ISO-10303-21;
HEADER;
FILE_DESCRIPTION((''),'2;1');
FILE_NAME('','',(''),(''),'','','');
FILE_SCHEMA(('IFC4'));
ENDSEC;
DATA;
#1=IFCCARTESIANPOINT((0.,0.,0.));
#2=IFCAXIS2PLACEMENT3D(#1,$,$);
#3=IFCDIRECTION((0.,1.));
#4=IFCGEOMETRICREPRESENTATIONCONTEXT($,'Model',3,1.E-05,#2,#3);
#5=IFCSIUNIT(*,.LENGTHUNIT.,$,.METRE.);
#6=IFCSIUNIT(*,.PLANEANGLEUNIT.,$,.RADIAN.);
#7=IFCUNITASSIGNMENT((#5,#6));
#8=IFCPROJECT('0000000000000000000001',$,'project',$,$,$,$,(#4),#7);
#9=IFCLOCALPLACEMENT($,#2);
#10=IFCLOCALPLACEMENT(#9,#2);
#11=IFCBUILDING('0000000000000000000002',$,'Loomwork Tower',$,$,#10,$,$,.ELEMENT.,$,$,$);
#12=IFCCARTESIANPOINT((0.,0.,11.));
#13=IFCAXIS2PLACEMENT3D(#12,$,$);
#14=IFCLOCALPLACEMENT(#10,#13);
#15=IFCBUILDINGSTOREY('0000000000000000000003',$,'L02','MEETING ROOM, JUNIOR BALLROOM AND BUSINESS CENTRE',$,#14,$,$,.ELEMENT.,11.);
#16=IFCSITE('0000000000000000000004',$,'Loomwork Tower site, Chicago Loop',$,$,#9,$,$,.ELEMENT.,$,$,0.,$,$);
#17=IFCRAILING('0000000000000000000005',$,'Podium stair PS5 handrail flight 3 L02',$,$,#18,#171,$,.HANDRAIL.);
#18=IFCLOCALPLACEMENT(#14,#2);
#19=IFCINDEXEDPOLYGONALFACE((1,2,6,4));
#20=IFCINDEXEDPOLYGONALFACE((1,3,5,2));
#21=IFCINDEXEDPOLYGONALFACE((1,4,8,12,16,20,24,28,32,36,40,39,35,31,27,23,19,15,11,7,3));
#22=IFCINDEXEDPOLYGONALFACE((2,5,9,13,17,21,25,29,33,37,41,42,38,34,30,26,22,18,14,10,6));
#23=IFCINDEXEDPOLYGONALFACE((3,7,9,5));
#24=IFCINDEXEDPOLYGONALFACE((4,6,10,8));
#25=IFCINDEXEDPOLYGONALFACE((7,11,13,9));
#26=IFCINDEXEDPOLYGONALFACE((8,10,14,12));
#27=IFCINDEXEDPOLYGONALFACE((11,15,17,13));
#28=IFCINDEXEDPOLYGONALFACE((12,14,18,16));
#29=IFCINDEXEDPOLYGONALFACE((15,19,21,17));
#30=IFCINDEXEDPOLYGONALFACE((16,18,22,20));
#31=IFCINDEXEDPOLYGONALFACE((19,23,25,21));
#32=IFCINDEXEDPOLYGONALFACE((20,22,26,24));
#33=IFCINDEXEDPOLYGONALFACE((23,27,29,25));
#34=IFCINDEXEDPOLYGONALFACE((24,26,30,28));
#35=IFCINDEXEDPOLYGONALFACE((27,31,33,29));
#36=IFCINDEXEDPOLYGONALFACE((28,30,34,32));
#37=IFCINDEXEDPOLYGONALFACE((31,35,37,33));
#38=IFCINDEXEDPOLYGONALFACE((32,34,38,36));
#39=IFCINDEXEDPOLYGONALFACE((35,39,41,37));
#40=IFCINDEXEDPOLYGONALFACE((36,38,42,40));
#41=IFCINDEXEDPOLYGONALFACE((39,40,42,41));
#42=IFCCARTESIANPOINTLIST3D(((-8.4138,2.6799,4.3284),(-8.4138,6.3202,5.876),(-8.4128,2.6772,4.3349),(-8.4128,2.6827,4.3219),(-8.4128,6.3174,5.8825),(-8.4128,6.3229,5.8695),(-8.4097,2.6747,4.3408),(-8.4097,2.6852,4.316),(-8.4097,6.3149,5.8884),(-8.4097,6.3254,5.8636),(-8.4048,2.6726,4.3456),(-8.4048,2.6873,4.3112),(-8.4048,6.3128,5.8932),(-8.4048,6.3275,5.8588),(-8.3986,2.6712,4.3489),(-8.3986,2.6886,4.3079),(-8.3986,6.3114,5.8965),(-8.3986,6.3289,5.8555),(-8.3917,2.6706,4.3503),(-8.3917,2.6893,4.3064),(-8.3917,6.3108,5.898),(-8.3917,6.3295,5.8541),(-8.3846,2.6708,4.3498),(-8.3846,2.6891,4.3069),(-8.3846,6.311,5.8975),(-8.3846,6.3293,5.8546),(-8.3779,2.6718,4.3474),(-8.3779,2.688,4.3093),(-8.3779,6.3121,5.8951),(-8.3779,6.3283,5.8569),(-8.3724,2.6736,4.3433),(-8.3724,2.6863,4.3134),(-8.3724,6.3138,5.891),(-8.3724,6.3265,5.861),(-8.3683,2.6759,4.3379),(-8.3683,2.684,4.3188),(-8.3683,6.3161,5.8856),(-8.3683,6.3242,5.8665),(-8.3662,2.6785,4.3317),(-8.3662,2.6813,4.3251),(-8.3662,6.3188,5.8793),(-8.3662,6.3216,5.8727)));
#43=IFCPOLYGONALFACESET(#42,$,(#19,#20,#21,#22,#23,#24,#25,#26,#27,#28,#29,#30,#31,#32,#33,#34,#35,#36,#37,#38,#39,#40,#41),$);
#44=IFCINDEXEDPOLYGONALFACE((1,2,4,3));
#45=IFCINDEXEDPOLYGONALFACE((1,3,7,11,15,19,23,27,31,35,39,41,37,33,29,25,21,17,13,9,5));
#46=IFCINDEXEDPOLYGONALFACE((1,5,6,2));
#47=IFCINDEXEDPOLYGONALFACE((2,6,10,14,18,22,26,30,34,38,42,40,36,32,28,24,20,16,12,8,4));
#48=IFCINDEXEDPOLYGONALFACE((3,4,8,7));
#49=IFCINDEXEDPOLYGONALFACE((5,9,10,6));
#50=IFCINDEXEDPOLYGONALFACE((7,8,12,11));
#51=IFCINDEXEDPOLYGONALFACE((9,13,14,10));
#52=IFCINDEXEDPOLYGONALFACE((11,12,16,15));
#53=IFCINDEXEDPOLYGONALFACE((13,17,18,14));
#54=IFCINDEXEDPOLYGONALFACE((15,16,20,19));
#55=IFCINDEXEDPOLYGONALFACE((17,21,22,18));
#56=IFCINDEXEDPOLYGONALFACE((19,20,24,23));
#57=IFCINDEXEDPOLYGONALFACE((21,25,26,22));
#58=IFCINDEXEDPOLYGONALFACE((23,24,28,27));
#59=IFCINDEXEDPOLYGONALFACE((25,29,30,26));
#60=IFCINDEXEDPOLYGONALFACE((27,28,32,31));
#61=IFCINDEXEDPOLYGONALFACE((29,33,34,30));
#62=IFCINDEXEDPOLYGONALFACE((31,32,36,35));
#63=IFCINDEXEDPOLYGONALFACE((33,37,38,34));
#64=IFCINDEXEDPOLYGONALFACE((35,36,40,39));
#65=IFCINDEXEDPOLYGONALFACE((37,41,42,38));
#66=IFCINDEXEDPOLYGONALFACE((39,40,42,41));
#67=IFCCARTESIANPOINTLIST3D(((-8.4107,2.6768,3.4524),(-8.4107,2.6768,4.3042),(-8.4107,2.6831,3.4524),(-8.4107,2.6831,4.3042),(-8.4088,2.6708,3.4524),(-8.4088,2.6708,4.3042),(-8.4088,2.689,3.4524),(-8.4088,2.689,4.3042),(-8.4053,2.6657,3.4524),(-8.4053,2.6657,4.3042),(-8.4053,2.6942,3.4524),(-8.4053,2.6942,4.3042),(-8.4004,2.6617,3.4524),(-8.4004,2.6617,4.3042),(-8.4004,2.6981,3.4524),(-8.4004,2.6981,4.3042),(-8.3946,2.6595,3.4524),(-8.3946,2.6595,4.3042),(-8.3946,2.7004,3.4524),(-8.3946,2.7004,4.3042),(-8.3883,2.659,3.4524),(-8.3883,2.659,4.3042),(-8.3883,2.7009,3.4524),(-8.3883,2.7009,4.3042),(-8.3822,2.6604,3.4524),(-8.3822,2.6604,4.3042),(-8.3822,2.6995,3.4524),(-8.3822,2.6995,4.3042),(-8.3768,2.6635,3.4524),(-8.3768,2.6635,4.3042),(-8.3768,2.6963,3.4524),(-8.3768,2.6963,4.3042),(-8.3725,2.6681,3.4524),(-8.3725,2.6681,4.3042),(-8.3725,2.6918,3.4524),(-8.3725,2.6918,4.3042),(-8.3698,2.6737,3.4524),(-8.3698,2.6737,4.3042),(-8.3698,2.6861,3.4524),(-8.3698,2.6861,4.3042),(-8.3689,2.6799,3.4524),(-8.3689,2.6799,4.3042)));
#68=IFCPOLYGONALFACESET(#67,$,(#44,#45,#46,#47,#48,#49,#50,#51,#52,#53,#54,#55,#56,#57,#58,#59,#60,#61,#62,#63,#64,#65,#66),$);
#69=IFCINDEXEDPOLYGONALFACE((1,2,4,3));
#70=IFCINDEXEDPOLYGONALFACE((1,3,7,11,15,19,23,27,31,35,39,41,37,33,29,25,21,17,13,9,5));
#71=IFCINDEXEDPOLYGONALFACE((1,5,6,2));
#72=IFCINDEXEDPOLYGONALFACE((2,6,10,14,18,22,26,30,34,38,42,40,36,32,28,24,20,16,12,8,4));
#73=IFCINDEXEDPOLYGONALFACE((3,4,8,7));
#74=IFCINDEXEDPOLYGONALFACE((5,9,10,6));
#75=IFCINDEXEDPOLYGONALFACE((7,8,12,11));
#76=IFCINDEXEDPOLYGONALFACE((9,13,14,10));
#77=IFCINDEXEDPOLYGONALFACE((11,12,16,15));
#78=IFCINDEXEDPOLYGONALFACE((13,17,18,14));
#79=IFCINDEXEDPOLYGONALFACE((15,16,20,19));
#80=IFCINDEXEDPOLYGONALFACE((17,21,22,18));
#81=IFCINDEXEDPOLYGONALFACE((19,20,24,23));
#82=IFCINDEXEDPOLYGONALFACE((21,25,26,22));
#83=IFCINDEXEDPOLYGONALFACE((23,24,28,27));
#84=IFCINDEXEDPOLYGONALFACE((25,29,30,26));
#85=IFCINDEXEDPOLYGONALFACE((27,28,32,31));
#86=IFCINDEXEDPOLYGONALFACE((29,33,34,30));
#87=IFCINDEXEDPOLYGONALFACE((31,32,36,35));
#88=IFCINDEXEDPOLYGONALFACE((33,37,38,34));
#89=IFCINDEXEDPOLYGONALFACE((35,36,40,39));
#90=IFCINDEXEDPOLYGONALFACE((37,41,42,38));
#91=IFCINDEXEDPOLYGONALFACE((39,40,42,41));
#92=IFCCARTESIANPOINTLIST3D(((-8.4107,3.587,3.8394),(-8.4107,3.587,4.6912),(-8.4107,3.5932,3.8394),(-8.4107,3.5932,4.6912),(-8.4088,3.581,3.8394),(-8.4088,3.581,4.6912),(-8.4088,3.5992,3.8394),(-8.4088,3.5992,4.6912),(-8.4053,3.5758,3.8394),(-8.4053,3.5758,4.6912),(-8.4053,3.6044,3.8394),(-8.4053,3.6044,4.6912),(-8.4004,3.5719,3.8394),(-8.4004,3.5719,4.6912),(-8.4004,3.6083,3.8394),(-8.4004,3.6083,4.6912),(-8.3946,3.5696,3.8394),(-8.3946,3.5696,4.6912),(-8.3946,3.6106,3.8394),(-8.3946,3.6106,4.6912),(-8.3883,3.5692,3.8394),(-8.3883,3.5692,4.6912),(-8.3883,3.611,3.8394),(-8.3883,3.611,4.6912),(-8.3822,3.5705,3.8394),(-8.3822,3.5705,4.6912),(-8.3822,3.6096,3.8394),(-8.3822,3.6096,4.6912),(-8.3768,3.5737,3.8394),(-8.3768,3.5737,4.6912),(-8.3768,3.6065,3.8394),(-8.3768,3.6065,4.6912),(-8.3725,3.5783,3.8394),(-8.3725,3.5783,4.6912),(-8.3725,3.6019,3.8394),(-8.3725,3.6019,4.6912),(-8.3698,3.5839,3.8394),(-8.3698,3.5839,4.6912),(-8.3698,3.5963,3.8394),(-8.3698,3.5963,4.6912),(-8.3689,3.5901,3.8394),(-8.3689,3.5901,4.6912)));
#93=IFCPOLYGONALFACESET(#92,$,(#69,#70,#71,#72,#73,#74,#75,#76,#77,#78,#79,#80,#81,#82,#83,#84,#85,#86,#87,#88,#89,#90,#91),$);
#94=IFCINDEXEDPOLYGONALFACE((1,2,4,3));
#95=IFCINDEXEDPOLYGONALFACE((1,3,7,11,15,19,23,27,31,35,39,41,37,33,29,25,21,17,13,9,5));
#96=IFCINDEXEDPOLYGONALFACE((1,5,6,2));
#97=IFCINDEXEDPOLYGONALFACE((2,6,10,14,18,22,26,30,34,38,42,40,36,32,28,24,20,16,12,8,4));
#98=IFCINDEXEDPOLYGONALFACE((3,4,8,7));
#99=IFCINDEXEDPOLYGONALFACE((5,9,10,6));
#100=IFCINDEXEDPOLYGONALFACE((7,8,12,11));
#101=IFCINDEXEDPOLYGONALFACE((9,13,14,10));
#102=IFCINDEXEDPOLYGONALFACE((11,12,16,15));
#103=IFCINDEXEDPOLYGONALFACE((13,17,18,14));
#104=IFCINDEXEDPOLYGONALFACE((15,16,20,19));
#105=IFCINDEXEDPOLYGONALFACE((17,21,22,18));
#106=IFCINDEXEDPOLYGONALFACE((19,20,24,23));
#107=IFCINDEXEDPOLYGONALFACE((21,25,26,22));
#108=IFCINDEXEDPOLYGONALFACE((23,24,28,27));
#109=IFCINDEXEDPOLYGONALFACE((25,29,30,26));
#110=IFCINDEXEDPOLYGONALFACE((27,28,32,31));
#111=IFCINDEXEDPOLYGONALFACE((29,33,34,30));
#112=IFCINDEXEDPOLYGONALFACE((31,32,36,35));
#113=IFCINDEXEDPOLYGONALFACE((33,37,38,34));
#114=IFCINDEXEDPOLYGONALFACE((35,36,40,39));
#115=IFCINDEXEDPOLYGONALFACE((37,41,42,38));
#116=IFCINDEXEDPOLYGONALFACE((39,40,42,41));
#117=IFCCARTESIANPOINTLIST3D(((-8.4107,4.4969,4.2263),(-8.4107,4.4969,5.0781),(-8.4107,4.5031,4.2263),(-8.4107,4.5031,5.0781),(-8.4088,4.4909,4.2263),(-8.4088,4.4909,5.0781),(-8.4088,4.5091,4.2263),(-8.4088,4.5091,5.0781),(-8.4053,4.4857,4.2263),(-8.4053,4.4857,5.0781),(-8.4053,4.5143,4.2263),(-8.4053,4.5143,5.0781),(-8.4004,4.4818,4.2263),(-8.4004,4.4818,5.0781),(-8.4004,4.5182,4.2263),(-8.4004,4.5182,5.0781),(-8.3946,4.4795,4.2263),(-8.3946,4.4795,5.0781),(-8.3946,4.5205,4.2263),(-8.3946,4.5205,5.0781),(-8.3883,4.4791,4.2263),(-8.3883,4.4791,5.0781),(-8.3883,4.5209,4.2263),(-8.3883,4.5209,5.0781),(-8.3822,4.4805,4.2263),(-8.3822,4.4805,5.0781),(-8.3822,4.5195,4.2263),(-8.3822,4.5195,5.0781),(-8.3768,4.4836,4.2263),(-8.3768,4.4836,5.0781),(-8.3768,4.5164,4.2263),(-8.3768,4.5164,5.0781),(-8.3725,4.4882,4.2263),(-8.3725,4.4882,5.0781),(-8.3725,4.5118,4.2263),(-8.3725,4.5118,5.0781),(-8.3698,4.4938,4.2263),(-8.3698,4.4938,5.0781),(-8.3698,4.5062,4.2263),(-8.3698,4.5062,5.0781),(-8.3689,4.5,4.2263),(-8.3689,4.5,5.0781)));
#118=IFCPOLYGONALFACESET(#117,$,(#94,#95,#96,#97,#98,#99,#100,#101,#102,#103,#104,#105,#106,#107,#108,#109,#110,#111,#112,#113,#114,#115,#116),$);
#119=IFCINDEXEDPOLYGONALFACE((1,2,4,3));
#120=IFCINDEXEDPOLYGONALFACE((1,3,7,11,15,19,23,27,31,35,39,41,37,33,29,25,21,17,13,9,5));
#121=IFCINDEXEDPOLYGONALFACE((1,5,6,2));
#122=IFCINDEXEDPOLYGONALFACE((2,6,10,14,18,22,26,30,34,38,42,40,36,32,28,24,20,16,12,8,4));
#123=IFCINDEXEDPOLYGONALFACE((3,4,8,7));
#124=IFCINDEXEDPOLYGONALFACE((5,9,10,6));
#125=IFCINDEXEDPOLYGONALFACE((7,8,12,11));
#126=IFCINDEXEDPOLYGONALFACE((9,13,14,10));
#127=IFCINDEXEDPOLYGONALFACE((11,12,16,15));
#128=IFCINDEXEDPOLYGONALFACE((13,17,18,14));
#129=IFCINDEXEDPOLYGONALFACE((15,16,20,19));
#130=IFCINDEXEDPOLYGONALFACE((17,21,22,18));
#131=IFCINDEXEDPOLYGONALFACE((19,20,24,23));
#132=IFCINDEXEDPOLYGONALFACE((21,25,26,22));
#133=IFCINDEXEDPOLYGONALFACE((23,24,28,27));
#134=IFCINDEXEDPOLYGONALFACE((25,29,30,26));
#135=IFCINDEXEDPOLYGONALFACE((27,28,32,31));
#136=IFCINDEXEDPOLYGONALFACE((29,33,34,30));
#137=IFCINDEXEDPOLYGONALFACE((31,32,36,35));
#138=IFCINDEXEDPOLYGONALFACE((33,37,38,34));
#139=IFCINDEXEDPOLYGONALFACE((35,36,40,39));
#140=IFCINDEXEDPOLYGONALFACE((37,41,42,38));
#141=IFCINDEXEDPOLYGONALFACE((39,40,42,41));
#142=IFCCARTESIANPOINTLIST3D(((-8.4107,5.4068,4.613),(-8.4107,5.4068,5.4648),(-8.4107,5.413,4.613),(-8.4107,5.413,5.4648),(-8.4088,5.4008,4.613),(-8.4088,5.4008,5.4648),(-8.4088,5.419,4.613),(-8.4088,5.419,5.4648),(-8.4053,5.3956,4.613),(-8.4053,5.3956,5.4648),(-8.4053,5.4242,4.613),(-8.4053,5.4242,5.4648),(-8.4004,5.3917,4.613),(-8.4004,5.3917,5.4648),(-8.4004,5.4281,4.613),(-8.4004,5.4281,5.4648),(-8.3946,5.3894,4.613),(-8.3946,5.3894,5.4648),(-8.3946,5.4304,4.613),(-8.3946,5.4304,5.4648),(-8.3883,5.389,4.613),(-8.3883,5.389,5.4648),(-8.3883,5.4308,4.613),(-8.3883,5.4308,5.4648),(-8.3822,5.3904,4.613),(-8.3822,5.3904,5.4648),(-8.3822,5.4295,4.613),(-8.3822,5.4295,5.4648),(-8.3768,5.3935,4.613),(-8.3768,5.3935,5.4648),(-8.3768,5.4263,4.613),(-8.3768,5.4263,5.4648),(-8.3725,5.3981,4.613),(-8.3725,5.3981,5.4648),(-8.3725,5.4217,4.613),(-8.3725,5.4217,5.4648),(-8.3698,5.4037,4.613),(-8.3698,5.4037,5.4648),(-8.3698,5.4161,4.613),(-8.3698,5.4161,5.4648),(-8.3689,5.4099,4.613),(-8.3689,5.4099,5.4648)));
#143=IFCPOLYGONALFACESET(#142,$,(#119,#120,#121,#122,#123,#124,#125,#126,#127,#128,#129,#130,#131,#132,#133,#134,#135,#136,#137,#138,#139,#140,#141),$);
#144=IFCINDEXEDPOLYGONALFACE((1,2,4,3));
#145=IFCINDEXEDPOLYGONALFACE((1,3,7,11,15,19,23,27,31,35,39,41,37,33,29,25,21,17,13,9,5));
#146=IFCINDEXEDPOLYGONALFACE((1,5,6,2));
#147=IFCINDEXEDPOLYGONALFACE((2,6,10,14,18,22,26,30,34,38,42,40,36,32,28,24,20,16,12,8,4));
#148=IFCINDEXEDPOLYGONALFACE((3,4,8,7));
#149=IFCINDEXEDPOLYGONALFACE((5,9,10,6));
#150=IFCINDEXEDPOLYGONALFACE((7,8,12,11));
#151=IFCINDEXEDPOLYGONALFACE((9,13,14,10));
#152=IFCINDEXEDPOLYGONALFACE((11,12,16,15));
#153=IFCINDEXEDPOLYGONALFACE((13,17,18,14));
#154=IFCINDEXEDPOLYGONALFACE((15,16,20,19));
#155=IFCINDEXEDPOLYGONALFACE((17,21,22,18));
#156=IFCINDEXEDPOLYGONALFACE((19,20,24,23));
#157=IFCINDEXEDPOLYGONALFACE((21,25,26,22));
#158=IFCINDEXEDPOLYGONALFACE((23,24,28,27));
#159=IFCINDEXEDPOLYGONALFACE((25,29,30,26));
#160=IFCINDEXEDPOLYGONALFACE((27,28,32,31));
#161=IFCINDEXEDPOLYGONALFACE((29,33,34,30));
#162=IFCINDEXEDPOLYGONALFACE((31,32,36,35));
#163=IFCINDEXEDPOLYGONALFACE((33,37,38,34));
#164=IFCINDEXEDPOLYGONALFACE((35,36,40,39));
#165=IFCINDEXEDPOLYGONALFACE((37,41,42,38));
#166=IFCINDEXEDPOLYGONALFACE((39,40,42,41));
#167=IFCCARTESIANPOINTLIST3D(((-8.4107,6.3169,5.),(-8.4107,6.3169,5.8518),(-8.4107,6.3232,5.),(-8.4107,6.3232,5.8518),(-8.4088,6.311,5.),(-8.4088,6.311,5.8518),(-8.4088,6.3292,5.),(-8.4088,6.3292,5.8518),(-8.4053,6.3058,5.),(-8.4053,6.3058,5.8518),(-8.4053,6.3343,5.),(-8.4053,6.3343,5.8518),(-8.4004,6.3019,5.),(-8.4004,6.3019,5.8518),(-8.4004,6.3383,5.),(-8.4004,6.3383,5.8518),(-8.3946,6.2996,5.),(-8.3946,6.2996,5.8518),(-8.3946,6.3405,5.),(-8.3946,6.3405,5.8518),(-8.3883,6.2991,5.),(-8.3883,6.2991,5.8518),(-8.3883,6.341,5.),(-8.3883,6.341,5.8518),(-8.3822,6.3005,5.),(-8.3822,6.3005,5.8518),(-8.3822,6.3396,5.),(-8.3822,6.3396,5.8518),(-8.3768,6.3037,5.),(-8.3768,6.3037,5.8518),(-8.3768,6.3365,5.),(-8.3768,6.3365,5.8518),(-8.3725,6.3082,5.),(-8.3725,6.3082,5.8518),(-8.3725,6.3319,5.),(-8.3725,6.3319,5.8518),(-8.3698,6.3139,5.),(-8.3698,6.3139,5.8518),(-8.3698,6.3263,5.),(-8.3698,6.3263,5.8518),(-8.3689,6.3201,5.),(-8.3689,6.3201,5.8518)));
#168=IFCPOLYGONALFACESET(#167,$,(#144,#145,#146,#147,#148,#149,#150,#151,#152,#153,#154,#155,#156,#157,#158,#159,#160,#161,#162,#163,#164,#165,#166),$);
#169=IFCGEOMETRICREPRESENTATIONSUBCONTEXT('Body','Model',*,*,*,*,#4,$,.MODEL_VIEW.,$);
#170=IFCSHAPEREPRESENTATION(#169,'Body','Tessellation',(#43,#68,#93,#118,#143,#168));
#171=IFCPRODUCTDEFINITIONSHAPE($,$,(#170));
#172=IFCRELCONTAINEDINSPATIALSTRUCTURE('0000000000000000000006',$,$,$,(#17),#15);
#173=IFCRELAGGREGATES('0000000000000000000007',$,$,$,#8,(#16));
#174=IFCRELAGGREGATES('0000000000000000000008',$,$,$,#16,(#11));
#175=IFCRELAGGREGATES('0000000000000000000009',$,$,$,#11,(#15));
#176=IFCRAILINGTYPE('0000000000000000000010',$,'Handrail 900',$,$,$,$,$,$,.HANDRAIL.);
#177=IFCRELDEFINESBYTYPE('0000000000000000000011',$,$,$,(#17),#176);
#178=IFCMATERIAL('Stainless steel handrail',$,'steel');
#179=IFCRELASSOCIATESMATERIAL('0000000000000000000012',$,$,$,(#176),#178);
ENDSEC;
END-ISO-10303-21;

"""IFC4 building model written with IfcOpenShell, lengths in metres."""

from ifc_helpers import new_model, si_unit, direction, frame, origin, origin_2d, place, context, subcontext, project, spatial, circle, extrude, material, type_object, element, save


model = new_model("IFC4")

# Units and contexts
model_context = context("Model", 3, precision=1e-05, world=origin(), true_north=direction((0.0, 1.0)))
body_context = subcontext(model_context, "Body", "Model", "MODEL_VIEW")
ifc_project = project(units=[si_unit("LENGTHUNIT", "METRE"), si_unit("PLANEANGLEUNIT", "RADIAN")], contexts=[model_context])

# Site, building, storey
site_placement = place(None, origin())
site = spatial("IfcSite", under=ifc_project, at=site_placement, Name="Loomwork Tower site, Chicago Loop", CompositionType="ELEMENT", RefElevation=0.0)
building_placement = place(site_placement, origin())
building = spatial("IfcBuilding", under=site, at=building_placement, Name="Loomwork Tower", CompositionType="ELEMENT")
storey_placement = place(building_placement, frame((0.0, 0.0, 11.0)))
storey = spatial("IfcBuildingStorey", under=building, at=storey_placement, Name="L02", Description="MEETING ROOM, JUNIOR BALLROOM AND BUSINESS CENTRE", CompositionType="ELEMENT", Elevation=11.0)

# Railing
ifc_material_1 = material(Name="Stainless steel handrail", Category="steel")
railing_type = type_object("IfcRailingType", Name="Handrail 900", PredefinedType="HANDRAIL", material=ifc_material_1)
railing_1_placement = place(storey_placement, frame((-8.3899, 2.6799, 3.4524)))
element("IfcRailing", 1, at=railing_1_placement, inside=storey, type_object=railing_type, Name="Podium stair PS5 handrail flight 3 L02", PredefinedType="HANDRAIL", context=body_context, shape_type="SweptSolid", body=[
    extrude(circle(Radius=0.0239, at=origin_2d()), frame((0.0, 0.0, 0.876), z_axis=(0.0, 0.920281, 0.391258), x_axis=(-1.0, 0.0, 0.0)), (0.0, 0.0, 1.0), 3.9556),
    extrude(circle(Radius=0.021, at=origin_2d()), origin(), (0.0, 0.0, 1.0), 0.8518),
    extrude(circle(Radius=0.021, at=origin_2d()), frame((0.0, 0.9102, 0.387)), (0.0, 0.0, 1.0), 0.8518),
    extrude(circle(Radius=0.021, at=origin_2d()), frame((0.0, 1.8201, 0.7739)), (0.0, 0.0, 1.0), 0.8518),
    extrude(circle(Radius=0.021, at=origin_2d()), frame((0.0, 2.73, 1.1606)), (0.0, 0.0, 1.0), 0.8518),
    extrude(circle(Radius=0.021, at=origin_2d()), frame((0.0, 3.6401, 1.5476)), (0.0, 0.0, 1.0), 0.8518),
])

save(model, "model.ifc")
